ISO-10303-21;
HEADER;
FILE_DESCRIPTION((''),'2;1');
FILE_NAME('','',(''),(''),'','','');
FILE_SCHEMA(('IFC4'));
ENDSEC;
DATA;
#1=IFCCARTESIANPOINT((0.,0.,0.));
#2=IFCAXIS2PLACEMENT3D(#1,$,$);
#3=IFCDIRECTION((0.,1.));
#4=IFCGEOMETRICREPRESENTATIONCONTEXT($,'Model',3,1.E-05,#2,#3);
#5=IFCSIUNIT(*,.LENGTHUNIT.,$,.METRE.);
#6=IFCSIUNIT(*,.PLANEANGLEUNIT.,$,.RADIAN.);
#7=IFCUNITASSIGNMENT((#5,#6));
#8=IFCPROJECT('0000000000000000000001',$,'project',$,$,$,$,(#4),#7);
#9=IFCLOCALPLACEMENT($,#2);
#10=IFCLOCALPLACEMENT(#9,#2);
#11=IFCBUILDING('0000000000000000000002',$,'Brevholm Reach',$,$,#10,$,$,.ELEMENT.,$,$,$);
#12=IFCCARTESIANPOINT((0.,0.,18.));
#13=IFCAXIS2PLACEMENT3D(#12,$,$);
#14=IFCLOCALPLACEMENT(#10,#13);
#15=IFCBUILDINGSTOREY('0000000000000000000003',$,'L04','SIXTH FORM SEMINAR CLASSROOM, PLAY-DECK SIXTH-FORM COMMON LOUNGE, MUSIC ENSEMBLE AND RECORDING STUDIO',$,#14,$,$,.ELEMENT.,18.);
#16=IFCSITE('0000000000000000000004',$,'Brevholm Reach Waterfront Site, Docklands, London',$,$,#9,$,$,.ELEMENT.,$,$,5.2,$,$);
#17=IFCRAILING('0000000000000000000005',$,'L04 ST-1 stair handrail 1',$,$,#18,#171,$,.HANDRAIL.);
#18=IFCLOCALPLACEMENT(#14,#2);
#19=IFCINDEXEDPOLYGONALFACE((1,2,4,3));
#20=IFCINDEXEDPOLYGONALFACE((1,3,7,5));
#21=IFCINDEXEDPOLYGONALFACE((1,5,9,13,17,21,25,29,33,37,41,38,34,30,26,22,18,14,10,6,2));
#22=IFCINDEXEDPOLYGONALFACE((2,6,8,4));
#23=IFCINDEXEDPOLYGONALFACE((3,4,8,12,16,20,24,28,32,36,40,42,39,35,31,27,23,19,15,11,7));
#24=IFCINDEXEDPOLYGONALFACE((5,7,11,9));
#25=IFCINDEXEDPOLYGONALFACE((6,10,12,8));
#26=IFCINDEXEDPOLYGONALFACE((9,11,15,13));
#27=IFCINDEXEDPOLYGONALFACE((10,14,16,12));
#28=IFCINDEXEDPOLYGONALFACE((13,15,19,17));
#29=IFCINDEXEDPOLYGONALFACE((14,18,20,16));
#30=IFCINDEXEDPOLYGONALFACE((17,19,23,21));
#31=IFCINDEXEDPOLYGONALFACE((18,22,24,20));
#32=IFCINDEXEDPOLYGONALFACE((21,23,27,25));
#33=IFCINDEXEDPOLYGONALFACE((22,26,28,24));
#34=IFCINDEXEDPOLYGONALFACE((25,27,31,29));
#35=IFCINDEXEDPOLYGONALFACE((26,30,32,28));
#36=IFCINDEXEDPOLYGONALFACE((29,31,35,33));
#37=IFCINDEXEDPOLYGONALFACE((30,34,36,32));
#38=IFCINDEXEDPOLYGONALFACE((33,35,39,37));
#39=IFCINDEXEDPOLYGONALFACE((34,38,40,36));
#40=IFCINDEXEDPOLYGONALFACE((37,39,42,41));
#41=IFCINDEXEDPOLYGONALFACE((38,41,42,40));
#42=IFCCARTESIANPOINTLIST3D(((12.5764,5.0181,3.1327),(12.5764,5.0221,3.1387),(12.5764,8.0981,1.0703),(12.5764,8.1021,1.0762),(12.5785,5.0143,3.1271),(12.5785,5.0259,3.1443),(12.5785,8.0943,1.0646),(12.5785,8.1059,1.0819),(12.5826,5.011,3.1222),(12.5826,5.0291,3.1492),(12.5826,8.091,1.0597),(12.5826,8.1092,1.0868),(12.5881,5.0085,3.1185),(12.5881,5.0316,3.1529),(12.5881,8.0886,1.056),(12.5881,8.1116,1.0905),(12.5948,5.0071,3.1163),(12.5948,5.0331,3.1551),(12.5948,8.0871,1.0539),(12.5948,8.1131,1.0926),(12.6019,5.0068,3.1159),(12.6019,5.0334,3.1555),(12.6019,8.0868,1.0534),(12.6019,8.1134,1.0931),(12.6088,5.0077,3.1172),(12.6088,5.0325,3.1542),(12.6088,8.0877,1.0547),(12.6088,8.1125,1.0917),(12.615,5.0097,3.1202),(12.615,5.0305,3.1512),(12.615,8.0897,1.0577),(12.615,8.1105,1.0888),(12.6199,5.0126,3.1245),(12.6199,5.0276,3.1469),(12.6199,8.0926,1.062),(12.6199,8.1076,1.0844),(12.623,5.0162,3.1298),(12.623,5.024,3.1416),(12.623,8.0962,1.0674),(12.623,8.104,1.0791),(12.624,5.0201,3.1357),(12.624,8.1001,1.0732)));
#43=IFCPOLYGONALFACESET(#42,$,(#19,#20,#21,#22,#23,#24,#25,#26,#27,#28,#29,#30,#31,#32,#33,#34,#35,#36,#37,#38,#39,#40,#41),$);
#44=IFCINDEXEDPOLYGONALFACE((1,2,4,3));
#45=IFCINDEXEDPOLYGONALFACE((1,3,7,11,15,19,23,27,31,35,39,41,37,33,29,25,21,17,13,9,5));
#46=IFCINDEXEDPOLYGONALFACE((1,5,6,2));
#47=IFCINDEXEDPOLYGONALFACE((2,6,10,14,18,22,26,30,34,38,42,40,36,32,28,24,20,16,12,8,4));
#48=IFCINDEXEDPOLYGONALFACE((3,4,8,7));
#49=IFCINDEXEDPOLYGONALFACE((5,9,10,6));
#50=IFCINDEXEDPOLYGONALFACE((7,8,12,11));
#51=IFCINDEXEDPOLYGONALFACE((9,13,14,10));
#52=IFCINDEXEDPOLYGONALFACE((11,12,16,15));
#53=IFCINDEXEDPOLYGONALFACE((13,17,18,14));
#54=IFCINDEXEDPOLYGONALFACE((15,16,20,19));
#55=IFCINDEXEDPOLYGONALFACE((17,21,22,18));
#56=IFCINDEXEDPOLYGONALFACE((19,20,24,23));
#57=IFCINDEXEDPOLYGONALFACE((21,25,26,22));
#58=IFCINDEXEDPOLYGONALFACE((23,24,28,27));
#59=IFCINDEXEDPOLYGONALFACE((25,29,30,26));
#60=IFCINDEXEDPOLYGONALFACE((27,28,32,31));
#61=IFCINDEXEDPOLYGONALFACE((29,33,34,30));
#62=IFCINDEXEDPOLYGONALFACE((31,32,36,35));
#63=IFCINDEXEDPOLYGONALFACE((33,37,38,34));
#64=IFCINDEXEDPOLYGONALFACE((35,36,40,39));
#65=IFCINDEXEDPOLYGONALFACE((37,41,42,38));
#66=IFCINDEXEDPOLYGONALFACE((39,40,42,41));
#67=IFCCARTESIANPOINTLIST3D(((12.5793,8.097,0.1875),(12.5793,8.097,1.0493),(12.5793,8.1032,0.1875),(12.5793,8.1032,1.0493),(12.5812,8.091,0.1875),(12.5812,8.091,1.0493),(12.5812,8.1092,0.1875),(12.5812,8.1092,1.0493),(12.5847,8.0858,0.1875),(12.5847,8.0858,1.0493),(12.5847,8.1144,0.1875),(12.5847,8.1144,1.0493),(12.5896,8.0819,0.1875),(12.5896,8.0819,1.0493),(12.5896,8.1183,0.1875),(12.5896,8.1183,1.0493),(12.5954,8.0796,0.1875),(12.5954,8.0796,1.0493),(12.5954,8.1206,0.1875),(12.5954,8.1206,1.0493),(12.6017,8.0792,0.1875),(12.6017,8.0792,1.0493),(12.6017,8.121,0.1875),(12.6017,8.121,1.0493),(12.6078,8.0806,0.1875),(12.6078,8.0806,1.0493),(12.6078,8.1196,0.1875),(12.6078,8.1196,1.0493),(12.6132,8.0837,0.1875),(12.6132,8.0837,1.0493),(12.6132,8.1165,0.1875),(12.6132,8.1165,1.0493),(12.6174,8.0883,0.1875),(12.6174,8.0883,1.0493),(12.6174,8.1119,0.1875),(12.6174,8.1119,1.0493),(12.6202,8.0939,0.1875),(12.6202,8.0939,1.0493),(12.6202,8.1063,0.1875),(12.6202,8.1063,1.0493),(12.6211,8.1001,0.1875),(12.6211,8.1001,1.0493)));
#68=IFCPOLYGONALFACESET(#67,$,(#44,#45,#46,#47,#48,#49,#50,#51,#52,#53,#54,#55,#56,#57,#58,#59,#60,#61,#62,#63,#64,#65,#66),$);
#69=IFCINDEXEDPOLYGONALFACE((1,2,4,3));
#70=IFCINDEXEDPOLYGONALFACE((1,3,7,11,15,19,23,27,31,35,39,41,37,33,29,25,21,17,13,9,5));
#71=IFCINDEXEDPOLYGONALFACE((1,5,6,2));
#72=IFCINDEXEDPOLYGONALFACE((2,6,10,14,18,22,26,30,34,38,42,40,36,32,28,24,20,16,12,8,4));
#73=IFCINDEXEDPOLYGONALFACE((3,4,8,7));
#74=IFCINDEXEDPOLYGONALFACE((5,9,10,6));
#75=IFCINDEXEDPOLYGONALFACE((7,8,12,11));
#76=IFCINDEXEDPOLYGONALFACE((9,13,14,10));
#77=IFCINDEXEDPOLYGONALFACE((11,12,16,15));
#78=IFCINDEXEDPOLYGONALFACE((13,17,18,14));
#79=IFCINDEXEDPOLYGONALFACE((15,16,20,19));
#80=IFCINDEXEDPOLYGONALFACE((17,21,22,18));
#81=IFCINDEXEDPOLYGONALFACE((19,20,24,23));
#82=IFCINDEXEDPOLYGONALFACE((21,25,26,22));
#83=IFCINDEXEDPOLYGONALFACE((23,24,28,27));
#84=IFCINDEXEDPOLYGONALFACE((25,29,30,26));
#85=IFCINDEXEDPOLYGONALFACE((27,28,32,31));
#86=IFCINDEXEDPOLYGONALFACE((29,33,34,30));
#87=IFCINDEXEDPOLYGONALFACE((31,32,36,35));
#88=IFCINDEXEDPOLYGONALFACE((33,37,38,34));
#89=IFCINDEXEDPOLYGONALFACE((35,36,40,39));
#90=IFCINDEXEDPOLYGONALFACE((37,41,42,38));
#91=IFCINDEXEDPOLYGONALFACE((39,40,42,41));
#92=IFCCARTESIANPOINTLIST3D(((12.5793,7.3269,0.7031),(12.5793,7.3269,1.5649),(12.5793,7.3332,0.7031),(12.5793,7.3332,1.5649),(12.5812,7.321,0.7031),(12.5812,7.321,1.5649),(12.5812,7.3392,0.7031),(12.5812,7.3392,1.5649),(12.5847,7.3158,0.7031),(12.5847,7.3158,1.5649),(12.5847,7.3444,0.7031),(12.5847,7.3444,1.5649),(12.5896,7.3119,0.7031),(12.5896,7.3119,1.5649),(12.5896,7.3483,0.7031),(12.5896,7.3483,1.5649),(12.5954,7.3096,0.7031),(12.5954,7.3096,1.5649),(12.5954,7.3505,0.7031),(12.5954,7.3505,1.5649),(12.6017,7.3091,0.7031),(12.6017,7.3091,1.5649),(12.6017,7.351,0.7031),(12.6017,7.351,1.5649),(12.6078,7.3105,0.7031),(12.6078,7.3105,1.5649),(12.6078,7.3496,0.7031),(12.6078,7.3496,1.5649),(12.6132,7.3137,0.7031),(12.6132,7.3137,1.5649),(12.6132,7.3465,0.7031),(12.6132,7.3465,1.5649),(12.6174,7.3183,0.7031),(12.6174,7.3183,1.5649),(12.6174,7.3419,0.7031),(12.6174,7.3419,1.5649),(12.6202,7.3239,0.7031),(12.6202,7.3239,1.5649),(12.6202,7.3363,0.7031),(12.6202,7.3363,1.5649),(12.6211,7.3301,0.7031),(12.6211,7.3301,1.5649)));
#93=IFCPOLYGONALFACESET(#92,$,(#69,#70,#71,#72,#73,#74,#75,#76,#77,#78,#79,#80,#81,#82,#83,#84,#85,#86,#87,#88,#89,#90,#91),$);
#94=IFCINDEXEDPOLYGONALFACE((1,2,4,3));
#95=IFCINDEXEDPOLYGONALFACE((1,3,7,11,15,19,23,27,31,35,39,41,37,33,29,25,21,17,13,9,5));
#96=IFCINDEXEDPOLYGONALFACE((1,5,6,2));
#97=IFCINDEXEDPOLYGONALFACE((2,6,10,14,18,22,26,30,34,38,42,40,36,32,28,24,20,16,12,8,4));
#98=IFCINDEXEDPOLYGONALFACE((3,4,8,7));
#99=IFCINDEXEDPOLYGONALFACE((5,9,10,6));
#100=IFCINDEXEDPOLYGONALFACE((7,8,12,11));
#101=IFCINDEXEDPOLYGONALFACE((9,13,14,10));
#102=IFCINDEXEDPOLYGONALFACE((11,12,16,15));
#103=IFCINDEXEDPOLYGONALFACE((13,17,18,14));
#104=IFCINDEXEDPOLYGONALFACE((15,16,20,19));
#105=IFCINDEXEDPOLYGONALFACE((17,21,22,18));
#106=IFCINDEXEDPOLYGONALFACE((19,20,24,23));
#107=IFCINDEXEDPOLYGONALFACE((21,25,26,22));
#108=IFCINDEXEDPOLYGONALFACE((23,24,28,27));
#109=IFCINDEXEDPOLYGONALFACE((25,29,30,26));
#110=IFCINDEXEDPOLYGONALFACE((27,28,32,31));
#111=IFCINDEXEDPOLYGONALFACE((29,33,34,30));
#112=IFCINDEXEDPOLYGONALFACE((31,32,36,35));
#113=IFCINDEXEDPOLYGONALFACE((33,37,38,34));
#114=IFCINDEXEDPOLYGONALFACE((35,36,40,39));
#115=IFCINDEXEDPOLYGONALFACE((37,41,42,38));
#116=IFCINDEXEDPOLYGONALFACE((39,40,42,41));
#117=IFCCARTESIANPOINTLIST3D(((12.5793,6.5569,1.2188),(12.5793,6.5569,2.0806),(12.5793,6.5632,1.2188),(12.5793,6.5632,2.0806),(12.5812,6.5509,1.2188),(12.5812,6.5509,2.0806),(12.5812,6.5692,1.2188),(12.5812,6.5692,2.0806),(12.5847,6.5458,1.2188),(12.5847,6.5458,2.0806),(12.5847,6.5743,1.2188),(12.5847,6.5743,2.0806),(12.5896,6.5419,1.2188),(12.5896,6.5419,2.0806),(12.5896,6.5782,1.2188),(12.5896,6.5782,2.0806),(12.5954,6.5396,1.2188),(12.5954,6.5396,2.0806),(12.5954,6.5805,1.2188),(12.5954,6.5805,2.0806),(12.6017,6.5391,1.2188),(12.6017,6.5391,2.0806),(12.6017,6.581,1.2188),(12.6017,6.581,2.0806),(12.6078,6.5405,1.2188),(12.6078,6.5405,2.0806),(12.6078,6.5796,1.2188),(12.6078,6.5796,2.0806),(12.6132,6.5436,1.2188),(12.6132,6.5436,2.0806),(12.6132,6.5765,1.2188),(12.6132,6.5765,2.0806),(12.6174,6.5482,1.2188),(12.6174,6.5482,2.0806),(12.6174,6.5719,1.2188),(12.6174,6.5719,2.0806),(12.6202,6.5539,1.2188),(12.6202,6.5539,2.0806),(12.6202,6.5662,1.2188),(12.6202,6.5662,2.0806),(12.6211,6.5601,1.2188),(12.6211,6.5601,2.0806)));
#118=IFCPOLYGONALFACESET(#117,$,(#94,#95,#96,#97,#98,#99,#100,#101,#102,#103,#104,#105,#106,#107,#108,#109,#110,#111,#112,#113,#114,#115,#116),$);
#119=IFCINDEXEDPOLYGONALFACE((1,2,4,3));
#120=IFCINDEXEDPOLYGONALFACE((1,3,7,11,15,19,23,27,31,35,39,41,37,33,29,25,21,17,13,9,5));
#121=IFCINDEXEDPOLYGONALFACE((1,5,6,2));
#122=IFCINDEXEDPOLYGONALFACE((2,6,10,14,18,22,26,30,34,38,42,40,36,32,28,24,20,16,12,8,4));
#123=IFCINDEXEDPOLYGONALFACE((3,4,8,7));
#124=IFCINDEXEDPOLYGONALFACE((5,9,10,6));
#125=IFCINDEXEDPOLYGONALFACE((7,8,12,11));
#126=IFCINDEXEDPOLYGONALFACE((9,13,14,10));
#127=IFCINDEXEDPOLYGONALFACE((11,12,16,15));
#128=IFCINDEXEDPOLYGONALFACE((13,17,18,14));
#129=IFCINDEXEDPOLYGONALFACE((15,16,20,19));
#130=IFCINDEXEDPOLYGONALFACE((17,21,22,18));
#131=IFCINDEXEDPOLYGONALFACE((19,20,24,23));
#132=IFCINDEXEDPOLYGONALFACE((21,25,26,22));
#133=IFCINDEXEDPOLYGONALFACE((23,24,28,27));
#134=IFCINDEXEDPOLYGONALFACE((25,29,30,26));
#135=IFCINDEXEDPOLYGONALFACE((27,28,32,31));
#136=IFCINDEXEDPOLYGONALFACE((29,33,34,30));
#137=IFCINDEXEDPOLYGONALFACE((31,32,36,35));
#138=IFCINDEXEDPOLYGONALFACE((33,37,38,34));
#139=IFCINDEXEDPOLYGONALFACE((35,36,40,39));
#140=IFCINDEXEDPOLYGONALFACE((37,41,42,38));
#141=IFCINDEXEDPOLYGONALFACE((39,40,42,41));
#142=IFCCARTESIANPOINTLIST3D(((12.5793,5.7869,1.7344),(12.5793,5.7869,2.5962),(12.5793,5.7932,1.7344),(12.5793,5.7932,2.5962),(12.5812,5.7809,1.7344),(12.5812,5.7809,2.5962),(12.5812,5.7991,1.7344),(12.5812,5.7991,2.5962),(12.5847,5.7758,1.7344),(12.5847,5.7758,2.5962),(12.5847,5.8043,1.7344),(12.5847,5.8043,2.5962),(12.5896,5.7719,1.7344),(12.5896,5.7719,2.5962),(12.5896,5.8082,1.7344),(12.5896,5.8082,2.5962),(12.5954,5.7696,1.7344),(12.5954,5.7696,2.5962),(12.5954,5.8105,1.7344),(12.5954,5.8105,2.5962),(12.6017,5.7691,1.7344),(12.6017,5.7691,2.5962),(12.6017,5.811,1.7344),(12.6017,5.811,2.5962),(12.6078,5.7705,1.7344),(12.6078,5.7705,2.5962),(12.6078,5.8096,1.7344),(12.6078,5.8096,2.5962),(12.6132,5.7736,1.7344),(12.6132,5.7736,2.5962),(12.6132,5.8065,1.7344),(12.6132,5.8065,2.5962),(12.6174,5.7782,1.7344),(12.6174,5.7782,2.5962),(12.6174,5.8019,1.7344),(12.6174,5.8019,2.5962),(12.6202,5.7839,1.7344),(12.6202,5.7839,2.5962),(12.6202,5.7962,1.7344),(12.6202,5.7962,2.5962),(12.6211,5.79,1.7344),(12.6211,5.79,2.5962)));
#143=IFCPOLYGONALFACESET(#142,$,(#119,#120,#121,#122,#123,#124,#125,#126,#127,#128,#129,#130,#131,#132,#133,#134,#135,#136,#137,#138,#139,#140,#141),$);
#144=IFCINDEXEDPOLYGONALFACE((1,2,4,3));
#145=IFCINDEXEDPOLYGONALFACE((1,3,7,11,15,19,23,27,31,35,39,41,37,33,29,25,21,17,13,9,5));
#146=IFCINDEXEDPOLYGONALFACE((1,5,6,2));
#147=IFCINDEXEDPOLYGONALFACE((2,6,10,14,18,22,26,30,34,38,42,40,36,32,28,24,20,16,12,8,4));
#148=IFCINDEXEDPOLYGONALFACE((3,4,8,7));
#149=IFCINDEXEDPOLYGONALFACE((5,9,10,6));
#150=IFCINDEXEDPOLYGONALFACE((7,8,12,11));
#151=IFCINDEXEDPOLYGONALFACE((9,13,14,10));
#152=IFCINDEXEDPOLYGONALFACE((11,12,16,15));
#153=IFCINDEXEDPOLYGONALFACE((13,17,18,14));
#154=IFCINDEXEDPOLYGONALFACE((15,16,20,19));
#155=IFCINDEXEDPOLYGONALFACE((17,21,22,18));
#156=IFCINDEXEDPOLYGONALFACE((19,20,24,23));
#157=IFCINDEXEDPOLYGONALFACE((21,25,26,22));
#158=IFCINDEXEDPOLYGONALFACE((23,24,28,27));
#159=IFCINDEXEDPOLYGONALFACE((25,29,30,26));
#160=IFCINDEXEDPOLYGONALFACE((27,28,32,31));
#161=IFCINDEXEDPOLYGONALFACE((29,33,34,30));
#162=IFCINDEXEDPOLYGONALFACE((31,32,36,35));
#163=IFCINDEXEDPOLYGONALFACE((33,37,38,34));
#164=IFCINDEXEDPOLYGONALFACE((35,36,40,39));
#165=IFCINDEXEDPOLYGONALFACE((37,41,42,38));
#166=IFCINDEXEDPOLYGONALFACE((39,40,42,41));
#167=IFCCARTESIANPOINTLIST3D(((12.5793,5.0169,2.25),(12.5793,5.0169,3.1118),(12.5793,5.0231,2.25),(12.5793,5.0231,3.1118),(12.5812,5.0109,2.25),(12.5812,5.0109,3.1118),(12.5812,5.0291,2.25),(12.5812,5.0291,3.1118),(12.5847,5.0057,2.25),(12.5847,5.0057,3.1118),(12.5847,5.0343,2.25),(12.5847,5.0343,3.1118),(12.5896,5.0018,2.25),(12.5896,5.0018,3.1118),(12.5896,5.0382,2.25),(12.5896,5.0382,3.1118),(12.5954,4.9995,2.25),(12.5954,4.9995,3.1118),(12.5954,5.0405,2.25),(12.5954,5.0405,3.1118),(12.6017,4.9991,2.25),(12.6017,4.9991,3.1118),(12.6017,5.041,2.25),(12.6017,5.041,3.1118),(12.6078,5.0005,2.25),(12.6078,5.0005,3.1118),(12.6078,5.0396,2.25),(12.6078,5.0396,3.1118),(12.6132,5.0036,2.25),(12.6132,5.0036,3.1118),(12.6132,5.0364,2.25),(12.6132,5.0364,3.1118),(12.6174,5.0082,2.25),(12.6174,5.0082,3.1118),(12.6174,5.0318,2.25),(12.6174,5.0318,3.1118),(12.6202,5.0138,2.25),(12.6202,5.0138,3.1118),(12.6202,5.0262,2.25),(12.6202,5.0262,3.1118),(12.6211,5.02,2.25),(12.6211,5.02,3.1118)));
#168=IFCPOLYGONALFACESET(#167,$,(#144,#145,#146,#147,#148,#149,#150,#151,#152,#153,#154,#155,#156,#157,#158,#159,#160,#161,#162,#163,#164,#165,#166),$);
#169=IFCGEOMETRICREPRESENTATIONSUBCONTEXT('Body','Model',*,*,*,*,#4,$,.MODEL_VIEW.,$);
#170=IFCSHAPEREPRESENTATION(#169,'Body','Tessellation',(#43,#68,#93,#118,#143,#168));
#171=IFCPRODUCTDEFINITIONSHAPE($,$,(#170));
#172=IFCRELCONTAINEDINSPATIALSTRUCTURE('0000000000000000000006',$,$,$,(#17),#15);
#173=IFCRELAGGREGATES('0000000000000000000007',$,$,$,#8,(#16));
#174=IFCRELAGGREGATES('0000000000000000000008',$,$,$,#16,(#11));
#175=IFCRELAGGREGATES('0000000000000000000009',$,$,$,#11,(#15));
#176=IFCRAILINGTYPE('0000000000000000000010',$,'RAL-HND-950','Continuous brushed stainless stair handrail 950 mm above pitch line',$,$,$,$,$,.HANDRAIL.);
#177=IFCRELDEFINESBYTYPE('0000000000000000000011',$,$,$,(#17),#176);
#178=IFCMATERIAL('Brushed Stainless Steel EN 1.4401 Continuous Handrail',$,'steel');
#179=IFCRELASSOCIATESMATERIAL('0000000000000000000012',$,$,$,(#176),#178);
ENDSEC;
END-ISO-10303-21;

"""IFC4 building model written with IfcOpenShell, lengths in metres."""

from ifc_helpers import new_model, si_unit, direction, frame, origin, origin_2d, place, context, subcontext, project, spatial, circle, extrude, material, type_object, element, save


model = new_model("IFC4")

# Units and contexts
model_context = context("Model", 3, precision=1e-05, world=origin(), true_north=direction((0.0, 1.0)))
body_context = subcontext(model_context, "Body", "Model", "MODEL_VIEW")
ifc_project = project(units=[si_unit("LENGTHUNIT", "METRE"), si_unit("PLANEANGLEUNIT", "RADIAN")], contexts=[model_context])

# Site, building, storey
site_placement = place(None, origin())
site = spatial("IfcSite", under=ifc_project, at=site_placement, Name="Brevholm Reach Waterfront Site, Docklands, London", CompositionType="ELEMENT", RefElevation=5.2)
building_placement = place(site_placement, origin())
building = spatial("IfcBuilding", under=site, at=building_placement, Name="Brevholm Reach", CompositionType="ELEMENT")
storey_placement = place(building_placement, frame((0.0, 0.0, 18.0)))
storey = spatial("IfcBuildingStorey", under=building, at=storey_placement, Name="L04", Description="SIXTH FORM SEMINAR CLASSROOM, PLAY-DECK SIXTH-FORM COMMON LOUNGE, MUSIC ENSEMBLE AND RECORDING STUDIO", CompositionType="ELEMENT", Elevation=18.0)

# Railing
ifc_material_1 = material(Name="Brushed Stainless Steel EN 1.4401 Continuous Handrail", Category="steel")
railing_type_1 = type_object("IfcRailingType", Name="RAL-HND-950", Description="Continuous brushed stainless stair handrail 950 mm above pitch line", PredefinedType="HANDRAIL", material=ifc_material_1)
railing_1_placement = place(storey_placement, frame((12.6001, 8.1001, 0.1875)))
element("IfcRailing", 1, at=railing_1_placement, inside=storey, type_object=railing_type_1, Name="L04 ST-1 stair handrail 1", PredefinedType="HANDRAIL", context=body_context, shape_type="SweptSolid", body=[
    extrude(circle(Radius=0.0239, at=origin_2d()), frame((0.0, 0.0, 0.8857), z_axis=(0.0, -0.830914, 0.556401), x_axis=(1.0, 0.0, 0.0)), (0.0, 0.0, 1.0), 3.7068),
    extrude(circle(Radius=0.021, at=origin_2d()), origin(), (0.0, 0.0, 1.0), 0.8618),
    extrude(circle(Radius=0.021, at=origin_2d()), frame((0.0, -0.77, 0.5156)), (0.0, 0.0, 1.0), 0.8618),
    extrude(circle(Radius=0.021, at=origin_2d()), frame((0.0, -1.54, 1.0312)), (0.0, 0.0, 1.0), 0.8618),
    extrude(circle(Radius=0.021, at=origin_2d()), frame((0.0, -2.3101, 1.5469)), (0.0, 0.0, 1.0), 0.8618),
    extrude(circle(Radius=0.021, at=origin_2d()), frame((0.0, -3.0801, 2.0625)), (0.0, 0.0, 1.0), 0.8618),
])

save(model, "model.ifc")
